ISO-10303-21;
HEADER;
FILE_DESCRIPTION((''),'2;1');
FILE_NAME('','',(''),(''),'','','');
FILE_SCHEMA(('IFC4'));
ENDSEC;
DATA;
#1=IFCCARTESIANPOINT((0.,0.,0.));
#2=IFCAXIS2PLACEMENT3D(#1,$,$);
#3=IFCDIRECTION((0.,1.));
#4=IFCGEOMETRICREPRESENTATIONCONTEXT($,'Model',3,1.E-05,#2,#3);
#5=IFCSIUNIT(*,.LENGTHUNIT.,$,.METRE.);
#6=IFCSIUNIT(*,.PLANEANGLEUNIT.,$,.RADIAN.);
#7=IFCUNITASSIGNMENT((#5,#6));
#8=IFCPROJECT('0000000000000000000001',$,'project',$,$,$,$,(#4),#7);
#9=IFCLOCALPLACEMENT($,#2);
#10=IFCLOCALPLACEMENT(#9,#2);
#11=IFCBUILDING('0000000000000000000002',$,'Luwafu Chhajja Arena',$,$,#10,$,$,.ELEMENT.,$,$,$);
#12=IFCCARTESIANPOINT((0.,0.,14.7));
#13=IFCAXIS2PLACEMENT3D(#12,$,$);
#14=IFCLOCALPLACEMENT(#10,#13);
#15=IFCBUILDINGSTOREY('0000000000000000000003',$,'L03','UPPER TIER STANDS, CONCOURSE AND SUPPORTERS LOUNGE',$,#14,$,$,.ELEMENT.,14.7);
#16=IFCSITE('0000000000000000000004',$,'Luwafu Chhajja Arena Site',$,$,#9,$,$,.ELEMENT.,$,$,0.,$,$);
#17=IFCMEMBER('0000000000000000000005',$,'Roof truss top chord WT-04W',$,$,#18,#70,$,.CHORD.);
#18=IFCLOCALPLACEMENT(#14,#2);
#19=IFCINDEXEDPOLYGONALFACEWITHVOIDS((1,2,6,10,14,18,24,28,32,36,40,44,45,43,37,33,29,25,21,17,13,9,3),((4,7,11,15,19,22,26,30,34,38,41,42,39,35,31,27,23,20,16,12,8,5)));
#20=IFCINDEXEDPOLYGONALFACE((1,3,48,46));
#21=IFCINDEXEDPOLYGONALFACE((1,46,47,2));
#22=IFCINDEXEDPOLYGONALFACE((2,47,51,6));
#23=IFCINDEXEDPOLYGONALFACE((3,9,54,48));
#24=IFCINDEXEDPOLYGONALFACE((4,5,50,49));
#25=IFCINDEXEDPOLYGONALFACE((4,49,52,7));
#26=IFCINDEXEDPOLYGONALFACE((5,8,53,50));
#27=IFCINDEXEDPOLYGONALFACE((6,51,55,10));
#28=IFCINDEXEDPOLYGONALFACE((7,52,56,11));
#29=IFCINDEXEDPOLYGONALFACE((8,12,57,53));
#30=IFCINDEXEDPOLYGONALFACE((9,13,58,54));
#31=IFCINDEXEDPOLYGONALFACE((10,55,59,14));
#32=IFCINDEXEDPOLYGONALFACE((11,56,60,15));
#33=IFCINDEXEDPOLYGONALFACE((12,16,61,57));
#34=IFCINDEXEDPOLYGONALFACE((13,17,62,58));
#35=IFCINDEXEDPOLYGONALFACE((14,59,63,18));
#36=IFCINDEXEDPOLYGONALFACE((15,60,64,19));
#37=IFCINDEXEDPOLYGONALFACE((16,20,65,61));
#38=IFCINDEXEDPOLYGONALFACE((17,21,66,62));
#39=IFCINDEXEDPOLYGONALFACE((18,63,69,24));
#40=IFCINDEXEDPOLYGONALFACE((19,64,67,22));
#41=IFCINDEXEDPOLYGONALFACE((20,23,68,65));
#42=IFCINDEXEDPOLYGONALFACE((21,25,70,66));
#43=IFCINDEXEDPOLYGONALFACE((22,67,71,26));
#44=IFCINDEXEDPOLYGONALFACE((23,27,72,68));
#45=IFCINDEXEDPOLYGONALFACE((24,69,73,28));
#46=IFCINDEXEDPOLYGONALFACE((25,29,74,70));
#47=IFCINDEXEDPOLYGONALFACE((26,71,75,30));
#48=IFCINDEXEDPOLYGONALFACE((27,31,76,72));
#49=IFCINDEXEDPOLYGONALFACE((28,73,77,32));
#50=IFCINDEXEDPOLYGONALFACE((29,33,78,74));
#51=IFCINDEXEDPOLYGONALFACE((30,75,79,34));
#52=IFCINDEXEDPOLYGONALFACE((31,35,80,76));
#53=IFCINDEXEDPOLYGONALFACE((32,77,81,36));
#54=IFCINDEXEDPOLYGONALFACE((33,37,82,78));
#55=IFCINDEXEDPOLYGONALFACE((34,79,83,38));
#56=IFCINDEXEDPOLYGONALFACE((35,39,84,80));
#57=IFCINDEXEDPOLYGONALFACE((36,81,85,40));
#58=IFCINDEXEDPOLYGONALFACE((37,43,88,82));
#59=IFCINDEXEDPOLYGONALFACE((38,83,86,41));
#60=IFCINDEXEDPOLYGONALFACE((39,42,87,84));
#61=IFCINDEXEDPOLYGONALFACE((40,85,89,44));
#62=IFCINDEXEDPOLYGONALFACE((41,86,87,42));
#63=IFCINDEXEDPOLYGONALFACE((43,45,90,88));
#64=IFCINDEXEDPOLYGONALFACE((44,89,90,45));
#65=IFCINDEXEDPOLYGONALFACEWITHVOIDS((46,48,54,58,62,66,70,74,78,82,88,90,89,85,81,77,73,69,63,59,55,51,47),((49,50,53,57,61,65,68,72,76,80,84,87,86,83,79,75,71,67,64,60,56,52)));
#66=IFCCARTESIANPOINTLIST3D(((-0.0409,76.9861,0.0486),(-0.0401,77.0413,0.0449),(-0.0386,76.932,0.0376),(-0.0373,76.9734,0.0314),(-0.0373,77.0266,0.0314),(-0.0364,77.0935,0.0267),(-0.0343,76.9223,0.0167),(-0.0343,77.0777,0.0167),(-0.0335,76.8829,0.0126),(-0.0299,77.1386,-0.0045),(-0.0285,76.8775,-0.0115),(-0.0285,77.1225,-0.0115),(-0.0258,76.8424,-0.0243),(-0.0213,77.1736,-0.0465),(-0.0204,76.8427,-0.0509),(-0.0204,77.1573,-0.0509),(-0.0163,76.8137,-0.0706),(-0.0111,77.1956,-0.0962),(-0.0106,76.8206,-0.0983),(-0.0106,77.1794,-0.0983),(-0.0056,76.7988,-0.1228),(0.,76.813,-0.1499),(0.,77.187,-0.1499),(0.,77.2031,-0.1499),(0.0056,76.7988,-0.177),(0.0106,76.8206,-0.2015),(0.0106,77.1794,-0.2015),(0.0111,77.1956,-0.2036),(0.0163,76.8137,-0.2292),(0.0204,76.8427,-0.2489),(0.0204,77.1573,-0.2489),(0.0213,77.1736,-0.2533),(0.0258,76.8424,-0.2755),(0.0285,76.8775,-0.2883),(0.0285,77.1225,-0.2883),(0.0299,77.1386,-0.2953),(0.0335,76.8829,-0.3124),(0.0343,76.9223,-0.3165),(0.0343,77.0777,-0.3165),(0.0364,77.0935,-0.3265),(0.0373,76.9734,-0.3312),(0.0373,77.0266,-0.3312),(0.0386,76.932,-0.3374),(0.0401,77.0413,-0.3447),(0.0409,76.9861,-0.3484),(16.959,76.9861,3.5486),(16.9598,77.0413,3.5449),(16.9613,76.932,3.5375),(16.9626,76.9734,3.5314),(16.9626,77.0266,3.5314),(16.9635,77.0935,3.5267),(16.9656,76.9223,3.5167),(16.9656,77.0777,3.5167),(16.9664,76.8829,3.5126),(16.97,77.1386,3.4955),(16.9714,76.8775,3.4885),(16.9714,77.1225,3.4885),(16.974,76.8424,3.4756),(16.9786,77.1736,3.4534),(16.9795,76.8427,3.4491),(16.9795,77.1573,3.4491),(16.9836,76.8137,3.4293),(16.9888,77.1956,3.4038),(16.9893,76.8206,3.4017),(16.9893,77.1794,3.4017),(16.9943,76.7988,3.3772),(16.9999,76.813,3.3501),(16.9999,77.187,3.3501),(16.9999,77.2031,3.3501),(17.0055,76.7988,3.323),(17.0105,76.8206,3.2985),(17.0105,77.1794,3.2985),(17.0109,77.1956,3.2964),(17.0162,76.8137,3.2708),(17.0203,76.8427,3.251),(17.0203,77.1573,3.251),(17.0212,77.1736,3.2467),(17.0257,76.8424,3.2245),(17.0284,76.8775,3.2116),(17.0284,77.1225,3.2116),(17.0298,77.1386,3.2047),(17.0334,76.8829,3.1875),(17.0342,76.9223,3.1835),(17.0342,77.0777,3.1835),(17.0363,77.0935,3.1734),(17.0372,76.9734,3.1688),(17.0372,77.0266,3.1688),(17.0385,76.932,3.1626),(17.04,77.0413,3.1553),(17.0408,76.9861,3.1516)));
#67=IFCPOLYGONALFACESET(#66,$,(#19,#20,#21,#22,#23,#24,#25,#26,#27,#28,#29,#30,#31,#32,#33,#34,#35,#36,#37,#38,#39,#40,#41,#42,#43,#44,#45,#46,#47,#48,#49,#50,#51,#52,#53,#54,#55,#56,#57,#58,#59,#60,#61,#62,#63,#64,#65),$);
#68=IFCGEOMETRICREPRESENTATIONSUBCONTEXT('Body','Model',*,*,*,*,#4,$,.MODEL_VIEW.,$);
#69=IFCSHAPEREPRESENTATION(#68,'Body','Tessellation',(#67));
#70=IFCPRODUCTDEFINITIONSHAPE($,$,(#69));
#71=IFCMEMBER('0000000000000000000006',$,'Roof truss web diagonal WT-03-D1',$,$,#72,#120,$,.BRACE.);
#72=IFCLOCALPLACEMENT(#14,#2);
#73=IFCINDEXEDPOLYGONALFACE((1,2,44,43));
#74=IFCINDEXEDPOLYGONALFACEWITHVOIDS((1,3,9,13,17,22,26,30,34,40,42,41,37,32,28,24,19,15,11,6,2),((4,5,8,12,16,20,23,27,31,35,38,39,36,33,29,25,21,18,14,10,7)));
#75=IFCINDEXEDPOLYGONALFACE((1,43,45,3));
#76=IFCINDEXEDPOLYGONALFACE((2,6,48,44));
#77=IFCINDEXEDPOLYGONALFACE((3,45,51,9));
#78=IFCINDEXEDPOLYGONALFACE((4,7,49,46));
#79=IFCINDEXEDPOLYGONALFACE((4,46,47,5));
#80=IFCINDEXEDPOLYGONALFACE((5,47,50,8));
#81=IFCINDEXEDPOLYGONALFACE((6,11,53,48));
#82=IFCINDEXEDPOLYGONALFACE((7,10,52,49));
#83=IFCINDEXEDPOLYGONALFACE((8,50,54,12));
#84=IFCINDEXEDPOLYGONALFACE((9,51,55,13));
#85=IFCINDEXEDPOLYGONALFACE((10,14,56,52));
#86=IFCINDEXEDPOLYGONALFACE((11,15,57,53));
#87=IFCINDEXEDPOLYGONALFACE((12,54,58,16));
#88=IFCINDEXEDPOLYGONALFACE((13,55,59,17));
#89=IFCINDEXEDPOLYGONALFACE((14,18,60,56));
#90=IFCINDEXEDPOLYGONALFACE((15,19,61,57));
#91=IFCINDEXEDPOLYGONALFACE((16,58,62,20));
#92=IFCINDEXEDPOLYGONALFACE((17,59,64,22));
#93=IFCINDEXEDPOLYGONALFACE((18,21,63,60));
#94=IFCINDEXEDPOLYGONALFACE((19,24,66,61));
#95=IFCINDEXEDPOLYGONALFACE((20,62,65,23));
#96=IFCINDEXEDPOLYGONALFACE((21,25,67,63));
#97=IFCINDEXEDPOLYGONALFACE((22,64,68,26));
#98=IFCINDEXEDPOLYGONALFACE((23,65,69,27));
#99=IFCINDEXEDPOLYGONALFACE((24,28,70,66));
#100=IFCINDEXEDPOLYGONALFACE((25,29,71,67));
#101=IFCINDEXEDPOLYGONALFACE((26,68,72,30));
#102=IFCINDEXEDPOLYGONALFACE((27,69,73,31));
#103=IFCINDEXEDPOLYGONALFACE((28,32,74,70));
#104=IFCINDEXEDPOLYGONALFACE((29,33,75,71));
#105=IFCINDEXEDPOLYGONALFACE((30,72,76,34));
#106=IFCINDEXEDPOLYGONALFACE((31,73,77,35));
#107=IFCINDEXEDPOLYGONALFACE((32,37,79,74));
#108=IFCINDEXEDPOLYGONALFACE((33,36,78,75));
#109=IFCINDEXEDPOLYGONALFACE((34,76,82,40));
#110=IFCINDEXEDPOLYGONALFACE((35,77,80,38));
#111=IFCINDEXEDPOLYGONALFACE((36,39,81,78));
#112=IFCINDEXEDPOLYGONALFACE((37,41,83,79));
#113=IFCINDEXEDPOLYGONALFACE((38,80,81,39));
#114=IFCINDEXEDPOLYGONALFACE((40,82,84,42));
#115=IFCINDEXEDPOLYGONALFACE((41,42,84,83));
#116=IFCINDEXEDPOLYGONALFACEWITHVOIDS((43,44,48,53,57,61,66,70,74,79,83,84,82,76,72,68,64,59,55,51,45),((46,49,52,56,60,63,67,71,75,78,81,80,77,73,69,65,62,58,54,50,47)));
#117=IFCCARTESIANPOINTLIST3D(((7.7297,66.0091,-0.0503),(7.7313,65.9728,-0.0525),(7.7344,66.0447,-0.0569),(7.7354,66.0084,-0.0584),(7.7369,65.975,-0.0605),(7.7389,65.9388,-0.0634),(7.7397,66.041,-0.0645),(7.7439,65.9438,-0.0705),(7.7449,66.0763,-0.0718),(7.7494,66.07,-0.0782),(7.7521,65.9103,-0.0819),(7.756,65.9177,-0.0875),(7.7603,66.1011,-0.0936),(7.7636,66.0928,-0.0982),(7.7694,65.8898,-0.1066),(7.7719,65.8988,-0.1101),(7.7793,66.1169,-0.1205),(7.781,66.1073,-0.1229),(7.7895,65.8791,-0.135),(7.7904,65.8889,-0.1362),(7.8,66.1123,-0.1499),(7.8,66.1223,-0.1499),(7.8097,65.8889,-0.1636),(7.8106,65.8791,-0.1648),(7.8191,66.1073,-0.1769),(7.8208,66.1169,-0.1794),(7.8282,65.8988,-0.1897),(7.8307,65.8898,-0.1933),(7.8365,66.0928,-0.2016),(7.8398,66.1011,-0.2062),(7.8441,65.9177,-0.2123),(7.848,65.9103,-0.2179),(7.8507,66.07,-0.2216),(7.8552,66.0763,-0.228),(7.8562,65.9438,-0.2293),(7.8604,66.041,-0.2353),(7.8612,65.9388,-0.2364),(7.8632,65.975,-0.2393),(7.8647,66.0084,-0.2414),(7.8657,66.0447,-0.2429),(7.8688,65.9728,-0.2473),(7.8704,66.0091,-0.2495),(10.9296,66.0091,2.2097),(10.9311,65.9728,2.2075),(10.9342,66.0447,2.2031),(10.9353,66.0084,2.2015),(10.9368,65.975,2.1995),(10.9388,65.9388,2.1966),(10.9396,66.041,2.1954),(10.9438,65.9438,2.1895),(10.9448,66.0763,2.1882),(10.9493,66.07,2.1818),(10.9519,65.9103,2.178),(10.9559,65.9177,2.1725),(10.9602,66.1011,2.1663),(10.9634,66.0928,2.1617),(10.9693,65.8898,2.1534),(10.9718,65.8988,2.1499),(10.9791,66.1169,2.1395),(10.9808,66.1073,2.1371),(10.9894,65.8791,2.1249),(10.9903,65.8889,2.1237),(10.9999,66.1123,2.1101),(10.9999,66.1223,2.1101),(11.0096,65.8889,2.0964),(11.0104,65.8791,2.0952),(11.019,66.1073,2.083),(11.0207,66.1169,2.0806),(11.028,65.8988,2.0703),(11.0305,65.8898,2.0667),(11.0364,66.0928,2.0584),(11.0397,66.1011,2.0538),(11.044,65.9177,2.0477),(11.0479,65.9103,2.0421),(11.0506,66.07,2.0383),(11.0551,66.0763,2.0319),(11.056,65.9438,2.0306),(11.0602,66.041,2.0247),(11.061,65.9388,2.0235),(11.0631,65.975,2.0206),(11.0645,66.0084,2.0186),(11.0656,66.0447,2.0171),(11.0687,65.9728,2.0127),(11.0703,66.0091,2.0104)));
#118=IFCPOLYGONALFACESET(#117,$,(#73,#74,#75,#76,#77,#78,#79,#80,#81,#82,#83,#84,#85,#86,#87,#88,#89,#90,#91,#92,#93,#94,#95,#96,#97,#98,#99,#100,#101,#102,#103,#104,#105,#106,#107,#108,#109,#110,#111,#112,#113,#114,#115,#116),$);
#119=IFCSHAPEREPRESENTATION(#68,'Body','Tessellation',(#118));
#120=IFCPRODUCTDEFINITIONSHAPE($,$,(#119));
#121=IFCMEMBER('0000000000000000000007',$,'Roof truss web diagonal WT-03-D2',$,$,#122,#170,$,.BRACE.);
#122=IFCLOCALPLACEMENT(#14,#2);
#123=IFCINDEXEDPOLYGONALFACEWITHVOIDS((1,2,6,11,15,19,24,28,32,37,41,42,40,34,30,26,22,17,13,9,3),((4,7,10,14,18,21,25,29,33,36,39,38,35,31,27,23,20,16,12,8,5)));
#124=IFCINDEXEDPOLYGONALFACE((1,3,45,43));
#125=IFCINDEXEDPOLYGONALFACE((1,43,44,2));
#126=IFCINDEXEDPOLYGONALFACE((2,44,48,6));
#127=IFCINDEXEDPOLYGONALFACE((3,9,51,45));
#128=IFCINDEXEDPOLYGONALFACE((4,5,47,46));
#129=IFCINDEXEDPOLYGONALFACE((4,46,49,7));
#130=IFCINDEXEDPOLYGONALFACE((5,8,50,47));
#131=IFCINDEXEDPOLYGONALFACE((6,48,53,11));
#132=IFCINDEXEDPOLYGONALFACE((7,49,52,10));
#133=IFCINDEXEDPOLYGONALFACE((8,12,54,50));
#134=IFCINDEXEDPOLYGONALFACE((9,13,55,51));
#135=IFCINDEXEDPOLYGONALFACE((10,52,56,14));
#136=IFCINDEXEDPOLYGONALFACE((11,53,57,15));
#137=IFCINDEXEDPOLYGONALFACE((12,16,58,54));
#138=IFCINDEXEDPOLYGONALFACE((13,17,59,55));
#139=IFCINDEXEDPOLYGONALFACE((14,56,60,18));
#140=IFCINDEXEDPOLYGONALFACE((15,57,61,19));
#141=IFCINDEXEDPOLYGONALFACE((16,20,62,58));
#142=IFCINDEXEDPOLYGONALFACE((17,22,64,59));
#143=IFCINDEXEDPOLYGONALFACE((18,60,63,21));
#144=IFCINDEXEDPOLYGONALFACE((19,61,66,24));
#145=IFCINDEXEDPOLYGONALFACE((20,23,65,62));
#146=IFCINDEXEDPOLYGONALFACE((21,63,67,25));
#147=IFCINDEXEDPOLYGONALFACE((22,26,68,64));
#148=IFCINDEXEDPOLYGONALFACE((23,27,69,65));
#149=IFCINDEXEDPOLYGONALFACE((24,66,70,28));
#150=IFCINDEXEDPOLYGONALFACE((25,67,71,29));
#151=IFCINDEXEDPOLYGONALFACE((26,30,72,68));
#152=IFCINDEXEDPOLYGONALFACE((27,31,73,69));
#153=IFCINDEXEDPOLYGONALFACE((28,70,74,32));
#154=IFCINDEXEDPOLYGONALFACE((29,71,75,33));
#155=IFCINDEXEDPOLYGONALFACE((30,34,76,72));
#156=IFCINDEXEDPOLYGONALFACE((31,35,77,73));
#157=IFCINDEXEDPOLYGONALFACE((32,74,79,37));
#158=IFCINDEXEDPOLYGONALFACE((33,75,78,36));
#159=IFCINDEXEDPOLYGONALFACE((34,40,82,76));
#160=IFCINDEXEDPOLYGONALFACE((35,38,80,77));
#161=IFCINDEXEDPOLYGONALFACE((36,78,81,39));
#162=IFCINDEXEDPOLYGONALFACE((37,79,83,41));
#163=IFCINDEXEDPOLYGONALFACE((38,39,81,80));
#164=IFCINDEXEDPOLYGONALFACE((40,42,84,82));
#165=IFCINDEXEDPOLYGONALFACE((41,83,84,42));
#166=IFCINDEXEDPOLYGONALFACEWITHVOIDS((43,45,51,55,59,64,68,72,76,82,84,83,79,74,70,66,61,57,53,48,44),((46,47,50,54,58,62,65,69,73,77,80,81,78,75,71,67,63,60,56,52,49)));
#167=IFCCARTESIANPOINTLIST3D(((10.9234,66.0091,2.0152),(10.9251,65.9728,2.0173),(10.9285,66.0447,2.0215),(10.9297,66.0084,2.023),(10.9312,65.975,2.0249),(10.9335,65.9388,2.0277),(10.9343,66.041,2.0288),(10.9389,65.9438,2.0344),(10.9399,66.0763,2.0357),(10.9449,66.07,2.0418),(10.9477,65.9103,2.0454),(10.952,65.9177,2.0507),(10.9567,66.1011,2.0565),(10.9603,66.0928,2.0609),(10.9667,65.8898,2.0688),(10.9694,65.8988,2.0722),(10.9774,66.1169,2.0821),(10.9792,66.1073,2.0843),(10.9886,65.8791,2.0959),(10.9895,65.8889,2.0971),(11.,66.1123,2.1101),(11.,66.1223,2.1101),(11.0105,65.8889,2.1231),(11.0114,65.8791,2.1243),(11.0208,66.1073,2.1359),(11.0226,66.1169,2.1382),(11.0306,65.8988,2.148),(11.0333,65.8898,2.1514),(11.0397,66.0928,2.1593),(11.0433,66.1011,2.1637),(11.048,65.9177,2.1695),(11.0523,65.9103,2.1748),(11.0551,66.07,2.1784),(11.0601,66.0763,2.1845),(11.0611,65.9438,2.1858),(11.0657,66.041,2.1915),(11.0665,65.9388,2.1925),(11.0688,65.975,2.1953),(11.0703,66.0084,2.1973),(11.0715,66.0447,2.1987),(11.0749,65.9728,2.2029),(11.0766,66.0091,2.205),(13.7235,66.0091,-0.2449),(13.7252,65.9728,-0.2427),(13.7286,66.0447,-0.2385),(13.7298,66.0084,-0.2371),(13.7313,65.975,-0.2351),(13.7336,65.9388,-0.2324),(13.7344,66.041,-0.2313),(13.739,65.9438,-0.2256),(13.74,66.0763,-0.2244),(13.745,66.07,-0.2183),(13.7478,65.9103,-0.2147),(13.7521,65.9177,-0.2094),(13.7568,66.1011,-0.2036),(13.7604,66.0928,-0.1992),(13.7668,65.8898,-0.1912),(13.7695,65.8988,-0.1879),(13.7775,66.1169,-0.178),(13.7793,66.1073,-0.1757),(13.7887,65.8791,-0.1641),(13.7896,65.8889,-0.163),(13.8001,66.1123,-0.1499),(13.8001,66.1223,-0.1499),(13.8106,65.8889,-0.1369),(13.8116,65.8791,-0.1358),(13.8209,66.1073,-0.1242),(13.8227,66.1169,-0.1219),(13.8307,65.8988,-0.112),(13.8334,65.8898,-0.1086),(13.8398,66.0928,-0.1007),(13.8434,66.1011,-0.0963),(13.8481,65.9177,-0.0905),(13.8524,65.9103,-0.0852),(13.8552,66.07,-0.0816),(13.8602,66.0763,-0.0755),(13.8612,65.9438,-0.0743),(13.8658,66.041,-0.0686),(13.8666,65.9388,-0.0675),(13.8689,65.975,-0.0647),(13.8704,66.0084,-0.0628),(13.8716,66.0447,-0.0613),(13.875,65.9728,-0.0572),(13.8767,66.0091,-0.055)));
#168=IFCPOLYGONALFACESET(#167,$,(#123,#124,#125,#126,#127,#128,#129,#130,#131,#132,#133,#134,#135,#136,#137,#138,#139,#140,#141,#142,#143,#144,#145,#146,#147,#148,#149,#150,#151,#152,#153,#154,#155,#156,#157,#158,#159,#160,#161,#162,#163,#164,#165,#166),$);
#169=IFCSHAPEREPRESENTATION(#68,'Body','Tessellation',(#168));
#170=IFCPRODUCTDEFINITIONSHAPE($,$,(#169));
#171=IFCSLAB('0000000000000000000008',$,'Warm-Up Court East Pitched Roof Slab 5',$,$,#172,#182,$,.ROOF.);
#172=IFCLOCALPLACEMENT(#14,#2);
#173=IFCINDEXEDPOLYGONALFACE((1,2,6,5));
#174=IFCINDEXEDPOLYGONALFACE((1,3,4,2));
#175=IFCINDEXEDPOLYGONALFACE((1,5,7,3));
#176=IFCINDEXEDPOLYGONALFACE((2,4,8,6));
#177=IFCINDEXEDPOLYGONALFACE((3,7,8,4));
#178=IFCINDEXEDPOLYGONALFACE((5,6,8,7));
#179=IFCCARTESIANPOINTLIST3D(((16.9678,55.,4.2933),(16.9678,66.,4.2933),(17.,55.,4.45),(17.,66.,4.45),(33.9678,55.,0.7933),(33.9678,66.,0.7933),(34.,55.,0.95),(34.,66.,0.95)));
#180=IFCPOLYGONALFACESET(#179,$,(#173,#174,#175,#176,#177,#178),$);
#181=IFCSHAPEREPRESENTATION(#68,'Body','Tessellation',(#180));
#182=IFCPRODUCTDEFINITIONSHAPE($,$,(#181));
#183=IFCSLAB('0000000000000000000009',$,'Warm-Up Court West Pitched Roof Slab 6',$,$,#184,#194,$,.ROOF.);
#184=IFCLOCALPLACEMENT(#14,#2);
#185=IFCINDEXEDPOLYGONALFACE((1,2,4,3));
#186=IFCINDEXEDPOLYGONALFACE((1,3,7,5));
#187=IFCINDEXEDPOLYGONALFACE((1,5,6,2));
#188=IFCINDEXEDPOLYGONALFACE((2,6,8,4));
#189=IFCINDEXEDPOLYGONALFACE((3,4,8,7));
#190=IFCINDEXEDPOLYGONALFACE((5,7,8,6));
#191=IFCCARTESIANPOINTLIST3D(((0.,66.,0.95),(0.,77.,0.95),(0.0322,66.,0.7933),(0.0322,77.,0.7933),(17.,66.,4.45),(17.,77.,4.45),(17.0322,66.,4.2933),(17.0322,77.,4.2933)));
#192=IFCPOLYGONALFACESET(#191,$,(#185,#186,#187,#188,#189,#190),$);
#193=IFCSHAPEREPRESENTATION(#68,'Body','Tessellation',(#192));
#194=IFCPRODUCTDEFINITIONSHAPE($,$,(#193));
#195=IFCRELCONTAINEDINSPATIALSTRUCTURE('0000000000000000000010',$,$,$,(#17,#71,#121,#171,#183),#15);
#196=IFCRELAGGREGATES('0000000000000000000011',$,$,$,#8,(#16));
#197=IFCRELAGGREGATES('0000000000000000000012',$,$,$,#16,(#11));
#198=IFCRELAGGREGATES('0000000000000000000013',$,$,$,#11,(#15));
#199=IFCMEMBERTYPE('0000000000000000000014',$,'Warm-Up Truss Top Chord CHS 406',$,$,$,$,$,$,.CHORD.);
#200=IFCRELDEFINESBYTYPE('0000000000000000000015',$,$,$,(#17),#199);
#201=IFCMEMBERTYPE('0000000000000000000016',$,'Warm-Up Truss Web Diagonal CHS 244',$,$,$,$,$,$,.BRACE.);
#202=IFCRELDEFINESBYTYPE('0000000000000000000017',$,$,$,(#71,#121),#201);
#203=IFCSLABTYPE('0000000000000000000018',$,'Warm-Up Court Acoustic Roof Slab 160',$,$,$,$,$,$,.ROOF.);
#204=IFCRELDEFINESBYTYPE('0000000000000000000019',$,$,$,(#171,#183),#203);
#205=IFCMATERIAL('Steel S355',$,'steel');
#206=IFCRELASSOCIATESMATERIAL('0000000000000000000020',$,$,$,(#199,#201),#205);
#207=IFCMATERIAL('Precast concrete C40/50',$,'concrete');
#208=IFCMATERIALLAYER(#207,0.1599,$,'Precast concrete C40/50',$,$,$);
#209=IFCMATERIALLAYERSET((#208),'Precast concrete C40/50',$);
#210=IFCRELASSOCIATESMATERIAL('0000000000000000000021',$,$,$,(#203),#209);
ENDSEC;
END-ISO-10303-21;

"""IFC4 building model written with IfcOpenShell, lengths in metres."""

from ifc_helpers import new_model, si_unit, direction, frame, origin, origin_2d, place, context, subcontext, project, spatial, polyline, hollow_circle, outline, extrude, material, layer, layer_set, material_profile, profile_set, type_object, element, save


model = new_model("IFC4")

# Units and contexts
model_context = context("Model", 3, precision=1e-05, world=origin(), true_north=direction((0.0, 1.0)))
body_context = subcontext(model_context, "Body", "Model", "MODEL_VIEW")
ifc_project = project(units=[si_unit("LENGTHUNIT", "METRE"), si_unit("PLANEANGLEUNIT", "RADIAN")], contexts=[model_context])

# Site, building, storey
site_placement = place(None, origin())
site = spatial("IfcSite", under=ifc_project, at=site_placement, Name="Luwafu Chhajja Arena Site", CompositionType="ELEMENT", RefElevation=0.0)
building_placement = place(site_placement, origin())
building = spatial("IfcBuilding", under=site, at=building_placement, Name="Luwafu Chhajja Arena", CompositionType="ELEMENT")
storey_placement = place(building_placement, frame((0.0, 0.0, 14.7)))
storey = spatial("IfcBuildingStorey", under=building, at=storey_placement, Name="L03", Description="UPPER TIER STANDS, CONCOURSE AND SUPPORTERS LOUNGE", CompositionType="ELEMENT", Elevation=14.7)

# Shared definitions
ifc_material_1 = material(Name="Steel S355", Category="steel")

# Members
ifc_material_profile_1 = material_profile(ifc_material_1, hollow_circle(Radius=0.2031, WallThickness=0.0161, at=origin_2d()), Name="CHS 406.4x16")
ifc_profile_set_1 = profile_set([ifc_material_profile_1], Name="Steel S355")
member_type_1 = type_object("IfcMemberType", Name="Warm-Up Truss Top Chord CHS 406", PredefinedType="CHORD", material=ifc_profile_set_1)
for number, where, z_axis, x_axis, name in (
    (1, (0.0, 77.0, -0.1499), (0.979457, 0.0, 0.201653), (0.0, 1.0, 0.0), "Roof truss top chord WT-04W"),
):
    element("IfcMember", number, at=place(storey_placement, frame(where, z_axis=z_axis, x_axis=x_axis)), inside=storey, type_object=member_type_1, Name=name, PredefinedType="CHORD", context=body_context, shape_type="SweptSolid", body=[
        extrude(hollow_circle(Radius=0.2031, WallThickness=0.0161, at=origin_2d()), origin(), (0.0, 0.0, 1.0), 17.3564),
    ])
ifc_material_profile_2 = material_profile(ifc_material_1, hollow_circle(Radius=0.1223, WallThickness=0.01, at=origin_2d()), Name="CHS 244.5x10")
ifc_profile_set_2 = profile_set([ifc_material_profile_2], Name="Steel S355")
member_type_2 = type_object("IfcMemberType", Name="Warm-Up Truss Web Diagonal CHS 244", PredefinedType="BRACE", material=ifc_profile_set_2)
member_1_placement = place(storey_placement, frame((7.8, 66.0, -0.1499), z_axis=(0.816821, 0.0, 0.576891), x_axis=(0.0, 1.0, 0.0)))
element("IfcMember", 2, at=member_1_placement, inside=storey, type_object=member_type_2, Name="Roof truss web diagonal WT-03-D1", PredefinedType="BRACE", context=body_context, shape_type="SweptSolid", body=[
    extrude(hollow_circle(Radius=0.1223, WallThickness=0.01, at=origin_2d()), origin(), (0.0, 0.0, 1.0), 3.9175),
])
member_2_placement = place(storey_placement, frame((11.0, 66.0, 2.1101), z_axis=(0.778154, 0.0, -0.628073), x_axis=(0.0, 1.0, 0.0)))
element("IfcMember", 3, at=member_2_placement, inside=storey, type_object=member_type_2, Name="Roof truss web diagonal WT-03-D2", PredefinedType="BRACE", context=body_context, shape_type="SweptSolid", body=[
    extrude(hollow_circle(Radius=0.1223, WallThickness=0.01, at=origin_2d()), origin(), (0.0, 0.0, 1.0), 3.5984),
])

# Slabs
ifc_material_2 = material(Name="Precast concrete C40/50", Category="concrete")
ifc_layer_1 = layer(ifc_material_2, 0.1599, Name="Precast concrete C40/50")
ifc_layer_set_1 = layer_set([ifc_layer_1], Name="Precast concrete C40/50")
slab_type = type_object("IfcSlabType", Name="Warm-Up Court Acoustic Roof Slab 160", PredefinedType="ROOF", material=ifc_layer_set_1)
for number, where, z_axis, x_axis, name in (
    (4, (17.0, 55.0, 4.45), (0.201653, 0.0, 0.979457), (0.979457, 0.0, -0.201653), "Warm-Up Court East Pitched Roof Slab 5"),
    (5, (0.0, 66.0, 0.95), (-0.201653, 0.0, 0.979457), (0.979457, 0.0, 0.201653), "Warm-Up Court West Pitched Roof Slab 6"),
):
    element("IfcSlab", number, at=place(storey_placement, frame(where, z_axis=z_axis, x_axis=x_axis)), inside=storey, type_object=slab_type, Name=name, PredefinedType="ROOF", context=body_context, shape_type="SweptSolid", body=[
        extrude(outline(polyline([(0.0, 0.0), (17.3566, 0.0), (17.3566, 11.0), (0.0, 11.0), (0.0, 0.0)])), origin(), (0.0, 0.0, -1.0), 0.1599),
    ])

save(model, "model.ifc")
